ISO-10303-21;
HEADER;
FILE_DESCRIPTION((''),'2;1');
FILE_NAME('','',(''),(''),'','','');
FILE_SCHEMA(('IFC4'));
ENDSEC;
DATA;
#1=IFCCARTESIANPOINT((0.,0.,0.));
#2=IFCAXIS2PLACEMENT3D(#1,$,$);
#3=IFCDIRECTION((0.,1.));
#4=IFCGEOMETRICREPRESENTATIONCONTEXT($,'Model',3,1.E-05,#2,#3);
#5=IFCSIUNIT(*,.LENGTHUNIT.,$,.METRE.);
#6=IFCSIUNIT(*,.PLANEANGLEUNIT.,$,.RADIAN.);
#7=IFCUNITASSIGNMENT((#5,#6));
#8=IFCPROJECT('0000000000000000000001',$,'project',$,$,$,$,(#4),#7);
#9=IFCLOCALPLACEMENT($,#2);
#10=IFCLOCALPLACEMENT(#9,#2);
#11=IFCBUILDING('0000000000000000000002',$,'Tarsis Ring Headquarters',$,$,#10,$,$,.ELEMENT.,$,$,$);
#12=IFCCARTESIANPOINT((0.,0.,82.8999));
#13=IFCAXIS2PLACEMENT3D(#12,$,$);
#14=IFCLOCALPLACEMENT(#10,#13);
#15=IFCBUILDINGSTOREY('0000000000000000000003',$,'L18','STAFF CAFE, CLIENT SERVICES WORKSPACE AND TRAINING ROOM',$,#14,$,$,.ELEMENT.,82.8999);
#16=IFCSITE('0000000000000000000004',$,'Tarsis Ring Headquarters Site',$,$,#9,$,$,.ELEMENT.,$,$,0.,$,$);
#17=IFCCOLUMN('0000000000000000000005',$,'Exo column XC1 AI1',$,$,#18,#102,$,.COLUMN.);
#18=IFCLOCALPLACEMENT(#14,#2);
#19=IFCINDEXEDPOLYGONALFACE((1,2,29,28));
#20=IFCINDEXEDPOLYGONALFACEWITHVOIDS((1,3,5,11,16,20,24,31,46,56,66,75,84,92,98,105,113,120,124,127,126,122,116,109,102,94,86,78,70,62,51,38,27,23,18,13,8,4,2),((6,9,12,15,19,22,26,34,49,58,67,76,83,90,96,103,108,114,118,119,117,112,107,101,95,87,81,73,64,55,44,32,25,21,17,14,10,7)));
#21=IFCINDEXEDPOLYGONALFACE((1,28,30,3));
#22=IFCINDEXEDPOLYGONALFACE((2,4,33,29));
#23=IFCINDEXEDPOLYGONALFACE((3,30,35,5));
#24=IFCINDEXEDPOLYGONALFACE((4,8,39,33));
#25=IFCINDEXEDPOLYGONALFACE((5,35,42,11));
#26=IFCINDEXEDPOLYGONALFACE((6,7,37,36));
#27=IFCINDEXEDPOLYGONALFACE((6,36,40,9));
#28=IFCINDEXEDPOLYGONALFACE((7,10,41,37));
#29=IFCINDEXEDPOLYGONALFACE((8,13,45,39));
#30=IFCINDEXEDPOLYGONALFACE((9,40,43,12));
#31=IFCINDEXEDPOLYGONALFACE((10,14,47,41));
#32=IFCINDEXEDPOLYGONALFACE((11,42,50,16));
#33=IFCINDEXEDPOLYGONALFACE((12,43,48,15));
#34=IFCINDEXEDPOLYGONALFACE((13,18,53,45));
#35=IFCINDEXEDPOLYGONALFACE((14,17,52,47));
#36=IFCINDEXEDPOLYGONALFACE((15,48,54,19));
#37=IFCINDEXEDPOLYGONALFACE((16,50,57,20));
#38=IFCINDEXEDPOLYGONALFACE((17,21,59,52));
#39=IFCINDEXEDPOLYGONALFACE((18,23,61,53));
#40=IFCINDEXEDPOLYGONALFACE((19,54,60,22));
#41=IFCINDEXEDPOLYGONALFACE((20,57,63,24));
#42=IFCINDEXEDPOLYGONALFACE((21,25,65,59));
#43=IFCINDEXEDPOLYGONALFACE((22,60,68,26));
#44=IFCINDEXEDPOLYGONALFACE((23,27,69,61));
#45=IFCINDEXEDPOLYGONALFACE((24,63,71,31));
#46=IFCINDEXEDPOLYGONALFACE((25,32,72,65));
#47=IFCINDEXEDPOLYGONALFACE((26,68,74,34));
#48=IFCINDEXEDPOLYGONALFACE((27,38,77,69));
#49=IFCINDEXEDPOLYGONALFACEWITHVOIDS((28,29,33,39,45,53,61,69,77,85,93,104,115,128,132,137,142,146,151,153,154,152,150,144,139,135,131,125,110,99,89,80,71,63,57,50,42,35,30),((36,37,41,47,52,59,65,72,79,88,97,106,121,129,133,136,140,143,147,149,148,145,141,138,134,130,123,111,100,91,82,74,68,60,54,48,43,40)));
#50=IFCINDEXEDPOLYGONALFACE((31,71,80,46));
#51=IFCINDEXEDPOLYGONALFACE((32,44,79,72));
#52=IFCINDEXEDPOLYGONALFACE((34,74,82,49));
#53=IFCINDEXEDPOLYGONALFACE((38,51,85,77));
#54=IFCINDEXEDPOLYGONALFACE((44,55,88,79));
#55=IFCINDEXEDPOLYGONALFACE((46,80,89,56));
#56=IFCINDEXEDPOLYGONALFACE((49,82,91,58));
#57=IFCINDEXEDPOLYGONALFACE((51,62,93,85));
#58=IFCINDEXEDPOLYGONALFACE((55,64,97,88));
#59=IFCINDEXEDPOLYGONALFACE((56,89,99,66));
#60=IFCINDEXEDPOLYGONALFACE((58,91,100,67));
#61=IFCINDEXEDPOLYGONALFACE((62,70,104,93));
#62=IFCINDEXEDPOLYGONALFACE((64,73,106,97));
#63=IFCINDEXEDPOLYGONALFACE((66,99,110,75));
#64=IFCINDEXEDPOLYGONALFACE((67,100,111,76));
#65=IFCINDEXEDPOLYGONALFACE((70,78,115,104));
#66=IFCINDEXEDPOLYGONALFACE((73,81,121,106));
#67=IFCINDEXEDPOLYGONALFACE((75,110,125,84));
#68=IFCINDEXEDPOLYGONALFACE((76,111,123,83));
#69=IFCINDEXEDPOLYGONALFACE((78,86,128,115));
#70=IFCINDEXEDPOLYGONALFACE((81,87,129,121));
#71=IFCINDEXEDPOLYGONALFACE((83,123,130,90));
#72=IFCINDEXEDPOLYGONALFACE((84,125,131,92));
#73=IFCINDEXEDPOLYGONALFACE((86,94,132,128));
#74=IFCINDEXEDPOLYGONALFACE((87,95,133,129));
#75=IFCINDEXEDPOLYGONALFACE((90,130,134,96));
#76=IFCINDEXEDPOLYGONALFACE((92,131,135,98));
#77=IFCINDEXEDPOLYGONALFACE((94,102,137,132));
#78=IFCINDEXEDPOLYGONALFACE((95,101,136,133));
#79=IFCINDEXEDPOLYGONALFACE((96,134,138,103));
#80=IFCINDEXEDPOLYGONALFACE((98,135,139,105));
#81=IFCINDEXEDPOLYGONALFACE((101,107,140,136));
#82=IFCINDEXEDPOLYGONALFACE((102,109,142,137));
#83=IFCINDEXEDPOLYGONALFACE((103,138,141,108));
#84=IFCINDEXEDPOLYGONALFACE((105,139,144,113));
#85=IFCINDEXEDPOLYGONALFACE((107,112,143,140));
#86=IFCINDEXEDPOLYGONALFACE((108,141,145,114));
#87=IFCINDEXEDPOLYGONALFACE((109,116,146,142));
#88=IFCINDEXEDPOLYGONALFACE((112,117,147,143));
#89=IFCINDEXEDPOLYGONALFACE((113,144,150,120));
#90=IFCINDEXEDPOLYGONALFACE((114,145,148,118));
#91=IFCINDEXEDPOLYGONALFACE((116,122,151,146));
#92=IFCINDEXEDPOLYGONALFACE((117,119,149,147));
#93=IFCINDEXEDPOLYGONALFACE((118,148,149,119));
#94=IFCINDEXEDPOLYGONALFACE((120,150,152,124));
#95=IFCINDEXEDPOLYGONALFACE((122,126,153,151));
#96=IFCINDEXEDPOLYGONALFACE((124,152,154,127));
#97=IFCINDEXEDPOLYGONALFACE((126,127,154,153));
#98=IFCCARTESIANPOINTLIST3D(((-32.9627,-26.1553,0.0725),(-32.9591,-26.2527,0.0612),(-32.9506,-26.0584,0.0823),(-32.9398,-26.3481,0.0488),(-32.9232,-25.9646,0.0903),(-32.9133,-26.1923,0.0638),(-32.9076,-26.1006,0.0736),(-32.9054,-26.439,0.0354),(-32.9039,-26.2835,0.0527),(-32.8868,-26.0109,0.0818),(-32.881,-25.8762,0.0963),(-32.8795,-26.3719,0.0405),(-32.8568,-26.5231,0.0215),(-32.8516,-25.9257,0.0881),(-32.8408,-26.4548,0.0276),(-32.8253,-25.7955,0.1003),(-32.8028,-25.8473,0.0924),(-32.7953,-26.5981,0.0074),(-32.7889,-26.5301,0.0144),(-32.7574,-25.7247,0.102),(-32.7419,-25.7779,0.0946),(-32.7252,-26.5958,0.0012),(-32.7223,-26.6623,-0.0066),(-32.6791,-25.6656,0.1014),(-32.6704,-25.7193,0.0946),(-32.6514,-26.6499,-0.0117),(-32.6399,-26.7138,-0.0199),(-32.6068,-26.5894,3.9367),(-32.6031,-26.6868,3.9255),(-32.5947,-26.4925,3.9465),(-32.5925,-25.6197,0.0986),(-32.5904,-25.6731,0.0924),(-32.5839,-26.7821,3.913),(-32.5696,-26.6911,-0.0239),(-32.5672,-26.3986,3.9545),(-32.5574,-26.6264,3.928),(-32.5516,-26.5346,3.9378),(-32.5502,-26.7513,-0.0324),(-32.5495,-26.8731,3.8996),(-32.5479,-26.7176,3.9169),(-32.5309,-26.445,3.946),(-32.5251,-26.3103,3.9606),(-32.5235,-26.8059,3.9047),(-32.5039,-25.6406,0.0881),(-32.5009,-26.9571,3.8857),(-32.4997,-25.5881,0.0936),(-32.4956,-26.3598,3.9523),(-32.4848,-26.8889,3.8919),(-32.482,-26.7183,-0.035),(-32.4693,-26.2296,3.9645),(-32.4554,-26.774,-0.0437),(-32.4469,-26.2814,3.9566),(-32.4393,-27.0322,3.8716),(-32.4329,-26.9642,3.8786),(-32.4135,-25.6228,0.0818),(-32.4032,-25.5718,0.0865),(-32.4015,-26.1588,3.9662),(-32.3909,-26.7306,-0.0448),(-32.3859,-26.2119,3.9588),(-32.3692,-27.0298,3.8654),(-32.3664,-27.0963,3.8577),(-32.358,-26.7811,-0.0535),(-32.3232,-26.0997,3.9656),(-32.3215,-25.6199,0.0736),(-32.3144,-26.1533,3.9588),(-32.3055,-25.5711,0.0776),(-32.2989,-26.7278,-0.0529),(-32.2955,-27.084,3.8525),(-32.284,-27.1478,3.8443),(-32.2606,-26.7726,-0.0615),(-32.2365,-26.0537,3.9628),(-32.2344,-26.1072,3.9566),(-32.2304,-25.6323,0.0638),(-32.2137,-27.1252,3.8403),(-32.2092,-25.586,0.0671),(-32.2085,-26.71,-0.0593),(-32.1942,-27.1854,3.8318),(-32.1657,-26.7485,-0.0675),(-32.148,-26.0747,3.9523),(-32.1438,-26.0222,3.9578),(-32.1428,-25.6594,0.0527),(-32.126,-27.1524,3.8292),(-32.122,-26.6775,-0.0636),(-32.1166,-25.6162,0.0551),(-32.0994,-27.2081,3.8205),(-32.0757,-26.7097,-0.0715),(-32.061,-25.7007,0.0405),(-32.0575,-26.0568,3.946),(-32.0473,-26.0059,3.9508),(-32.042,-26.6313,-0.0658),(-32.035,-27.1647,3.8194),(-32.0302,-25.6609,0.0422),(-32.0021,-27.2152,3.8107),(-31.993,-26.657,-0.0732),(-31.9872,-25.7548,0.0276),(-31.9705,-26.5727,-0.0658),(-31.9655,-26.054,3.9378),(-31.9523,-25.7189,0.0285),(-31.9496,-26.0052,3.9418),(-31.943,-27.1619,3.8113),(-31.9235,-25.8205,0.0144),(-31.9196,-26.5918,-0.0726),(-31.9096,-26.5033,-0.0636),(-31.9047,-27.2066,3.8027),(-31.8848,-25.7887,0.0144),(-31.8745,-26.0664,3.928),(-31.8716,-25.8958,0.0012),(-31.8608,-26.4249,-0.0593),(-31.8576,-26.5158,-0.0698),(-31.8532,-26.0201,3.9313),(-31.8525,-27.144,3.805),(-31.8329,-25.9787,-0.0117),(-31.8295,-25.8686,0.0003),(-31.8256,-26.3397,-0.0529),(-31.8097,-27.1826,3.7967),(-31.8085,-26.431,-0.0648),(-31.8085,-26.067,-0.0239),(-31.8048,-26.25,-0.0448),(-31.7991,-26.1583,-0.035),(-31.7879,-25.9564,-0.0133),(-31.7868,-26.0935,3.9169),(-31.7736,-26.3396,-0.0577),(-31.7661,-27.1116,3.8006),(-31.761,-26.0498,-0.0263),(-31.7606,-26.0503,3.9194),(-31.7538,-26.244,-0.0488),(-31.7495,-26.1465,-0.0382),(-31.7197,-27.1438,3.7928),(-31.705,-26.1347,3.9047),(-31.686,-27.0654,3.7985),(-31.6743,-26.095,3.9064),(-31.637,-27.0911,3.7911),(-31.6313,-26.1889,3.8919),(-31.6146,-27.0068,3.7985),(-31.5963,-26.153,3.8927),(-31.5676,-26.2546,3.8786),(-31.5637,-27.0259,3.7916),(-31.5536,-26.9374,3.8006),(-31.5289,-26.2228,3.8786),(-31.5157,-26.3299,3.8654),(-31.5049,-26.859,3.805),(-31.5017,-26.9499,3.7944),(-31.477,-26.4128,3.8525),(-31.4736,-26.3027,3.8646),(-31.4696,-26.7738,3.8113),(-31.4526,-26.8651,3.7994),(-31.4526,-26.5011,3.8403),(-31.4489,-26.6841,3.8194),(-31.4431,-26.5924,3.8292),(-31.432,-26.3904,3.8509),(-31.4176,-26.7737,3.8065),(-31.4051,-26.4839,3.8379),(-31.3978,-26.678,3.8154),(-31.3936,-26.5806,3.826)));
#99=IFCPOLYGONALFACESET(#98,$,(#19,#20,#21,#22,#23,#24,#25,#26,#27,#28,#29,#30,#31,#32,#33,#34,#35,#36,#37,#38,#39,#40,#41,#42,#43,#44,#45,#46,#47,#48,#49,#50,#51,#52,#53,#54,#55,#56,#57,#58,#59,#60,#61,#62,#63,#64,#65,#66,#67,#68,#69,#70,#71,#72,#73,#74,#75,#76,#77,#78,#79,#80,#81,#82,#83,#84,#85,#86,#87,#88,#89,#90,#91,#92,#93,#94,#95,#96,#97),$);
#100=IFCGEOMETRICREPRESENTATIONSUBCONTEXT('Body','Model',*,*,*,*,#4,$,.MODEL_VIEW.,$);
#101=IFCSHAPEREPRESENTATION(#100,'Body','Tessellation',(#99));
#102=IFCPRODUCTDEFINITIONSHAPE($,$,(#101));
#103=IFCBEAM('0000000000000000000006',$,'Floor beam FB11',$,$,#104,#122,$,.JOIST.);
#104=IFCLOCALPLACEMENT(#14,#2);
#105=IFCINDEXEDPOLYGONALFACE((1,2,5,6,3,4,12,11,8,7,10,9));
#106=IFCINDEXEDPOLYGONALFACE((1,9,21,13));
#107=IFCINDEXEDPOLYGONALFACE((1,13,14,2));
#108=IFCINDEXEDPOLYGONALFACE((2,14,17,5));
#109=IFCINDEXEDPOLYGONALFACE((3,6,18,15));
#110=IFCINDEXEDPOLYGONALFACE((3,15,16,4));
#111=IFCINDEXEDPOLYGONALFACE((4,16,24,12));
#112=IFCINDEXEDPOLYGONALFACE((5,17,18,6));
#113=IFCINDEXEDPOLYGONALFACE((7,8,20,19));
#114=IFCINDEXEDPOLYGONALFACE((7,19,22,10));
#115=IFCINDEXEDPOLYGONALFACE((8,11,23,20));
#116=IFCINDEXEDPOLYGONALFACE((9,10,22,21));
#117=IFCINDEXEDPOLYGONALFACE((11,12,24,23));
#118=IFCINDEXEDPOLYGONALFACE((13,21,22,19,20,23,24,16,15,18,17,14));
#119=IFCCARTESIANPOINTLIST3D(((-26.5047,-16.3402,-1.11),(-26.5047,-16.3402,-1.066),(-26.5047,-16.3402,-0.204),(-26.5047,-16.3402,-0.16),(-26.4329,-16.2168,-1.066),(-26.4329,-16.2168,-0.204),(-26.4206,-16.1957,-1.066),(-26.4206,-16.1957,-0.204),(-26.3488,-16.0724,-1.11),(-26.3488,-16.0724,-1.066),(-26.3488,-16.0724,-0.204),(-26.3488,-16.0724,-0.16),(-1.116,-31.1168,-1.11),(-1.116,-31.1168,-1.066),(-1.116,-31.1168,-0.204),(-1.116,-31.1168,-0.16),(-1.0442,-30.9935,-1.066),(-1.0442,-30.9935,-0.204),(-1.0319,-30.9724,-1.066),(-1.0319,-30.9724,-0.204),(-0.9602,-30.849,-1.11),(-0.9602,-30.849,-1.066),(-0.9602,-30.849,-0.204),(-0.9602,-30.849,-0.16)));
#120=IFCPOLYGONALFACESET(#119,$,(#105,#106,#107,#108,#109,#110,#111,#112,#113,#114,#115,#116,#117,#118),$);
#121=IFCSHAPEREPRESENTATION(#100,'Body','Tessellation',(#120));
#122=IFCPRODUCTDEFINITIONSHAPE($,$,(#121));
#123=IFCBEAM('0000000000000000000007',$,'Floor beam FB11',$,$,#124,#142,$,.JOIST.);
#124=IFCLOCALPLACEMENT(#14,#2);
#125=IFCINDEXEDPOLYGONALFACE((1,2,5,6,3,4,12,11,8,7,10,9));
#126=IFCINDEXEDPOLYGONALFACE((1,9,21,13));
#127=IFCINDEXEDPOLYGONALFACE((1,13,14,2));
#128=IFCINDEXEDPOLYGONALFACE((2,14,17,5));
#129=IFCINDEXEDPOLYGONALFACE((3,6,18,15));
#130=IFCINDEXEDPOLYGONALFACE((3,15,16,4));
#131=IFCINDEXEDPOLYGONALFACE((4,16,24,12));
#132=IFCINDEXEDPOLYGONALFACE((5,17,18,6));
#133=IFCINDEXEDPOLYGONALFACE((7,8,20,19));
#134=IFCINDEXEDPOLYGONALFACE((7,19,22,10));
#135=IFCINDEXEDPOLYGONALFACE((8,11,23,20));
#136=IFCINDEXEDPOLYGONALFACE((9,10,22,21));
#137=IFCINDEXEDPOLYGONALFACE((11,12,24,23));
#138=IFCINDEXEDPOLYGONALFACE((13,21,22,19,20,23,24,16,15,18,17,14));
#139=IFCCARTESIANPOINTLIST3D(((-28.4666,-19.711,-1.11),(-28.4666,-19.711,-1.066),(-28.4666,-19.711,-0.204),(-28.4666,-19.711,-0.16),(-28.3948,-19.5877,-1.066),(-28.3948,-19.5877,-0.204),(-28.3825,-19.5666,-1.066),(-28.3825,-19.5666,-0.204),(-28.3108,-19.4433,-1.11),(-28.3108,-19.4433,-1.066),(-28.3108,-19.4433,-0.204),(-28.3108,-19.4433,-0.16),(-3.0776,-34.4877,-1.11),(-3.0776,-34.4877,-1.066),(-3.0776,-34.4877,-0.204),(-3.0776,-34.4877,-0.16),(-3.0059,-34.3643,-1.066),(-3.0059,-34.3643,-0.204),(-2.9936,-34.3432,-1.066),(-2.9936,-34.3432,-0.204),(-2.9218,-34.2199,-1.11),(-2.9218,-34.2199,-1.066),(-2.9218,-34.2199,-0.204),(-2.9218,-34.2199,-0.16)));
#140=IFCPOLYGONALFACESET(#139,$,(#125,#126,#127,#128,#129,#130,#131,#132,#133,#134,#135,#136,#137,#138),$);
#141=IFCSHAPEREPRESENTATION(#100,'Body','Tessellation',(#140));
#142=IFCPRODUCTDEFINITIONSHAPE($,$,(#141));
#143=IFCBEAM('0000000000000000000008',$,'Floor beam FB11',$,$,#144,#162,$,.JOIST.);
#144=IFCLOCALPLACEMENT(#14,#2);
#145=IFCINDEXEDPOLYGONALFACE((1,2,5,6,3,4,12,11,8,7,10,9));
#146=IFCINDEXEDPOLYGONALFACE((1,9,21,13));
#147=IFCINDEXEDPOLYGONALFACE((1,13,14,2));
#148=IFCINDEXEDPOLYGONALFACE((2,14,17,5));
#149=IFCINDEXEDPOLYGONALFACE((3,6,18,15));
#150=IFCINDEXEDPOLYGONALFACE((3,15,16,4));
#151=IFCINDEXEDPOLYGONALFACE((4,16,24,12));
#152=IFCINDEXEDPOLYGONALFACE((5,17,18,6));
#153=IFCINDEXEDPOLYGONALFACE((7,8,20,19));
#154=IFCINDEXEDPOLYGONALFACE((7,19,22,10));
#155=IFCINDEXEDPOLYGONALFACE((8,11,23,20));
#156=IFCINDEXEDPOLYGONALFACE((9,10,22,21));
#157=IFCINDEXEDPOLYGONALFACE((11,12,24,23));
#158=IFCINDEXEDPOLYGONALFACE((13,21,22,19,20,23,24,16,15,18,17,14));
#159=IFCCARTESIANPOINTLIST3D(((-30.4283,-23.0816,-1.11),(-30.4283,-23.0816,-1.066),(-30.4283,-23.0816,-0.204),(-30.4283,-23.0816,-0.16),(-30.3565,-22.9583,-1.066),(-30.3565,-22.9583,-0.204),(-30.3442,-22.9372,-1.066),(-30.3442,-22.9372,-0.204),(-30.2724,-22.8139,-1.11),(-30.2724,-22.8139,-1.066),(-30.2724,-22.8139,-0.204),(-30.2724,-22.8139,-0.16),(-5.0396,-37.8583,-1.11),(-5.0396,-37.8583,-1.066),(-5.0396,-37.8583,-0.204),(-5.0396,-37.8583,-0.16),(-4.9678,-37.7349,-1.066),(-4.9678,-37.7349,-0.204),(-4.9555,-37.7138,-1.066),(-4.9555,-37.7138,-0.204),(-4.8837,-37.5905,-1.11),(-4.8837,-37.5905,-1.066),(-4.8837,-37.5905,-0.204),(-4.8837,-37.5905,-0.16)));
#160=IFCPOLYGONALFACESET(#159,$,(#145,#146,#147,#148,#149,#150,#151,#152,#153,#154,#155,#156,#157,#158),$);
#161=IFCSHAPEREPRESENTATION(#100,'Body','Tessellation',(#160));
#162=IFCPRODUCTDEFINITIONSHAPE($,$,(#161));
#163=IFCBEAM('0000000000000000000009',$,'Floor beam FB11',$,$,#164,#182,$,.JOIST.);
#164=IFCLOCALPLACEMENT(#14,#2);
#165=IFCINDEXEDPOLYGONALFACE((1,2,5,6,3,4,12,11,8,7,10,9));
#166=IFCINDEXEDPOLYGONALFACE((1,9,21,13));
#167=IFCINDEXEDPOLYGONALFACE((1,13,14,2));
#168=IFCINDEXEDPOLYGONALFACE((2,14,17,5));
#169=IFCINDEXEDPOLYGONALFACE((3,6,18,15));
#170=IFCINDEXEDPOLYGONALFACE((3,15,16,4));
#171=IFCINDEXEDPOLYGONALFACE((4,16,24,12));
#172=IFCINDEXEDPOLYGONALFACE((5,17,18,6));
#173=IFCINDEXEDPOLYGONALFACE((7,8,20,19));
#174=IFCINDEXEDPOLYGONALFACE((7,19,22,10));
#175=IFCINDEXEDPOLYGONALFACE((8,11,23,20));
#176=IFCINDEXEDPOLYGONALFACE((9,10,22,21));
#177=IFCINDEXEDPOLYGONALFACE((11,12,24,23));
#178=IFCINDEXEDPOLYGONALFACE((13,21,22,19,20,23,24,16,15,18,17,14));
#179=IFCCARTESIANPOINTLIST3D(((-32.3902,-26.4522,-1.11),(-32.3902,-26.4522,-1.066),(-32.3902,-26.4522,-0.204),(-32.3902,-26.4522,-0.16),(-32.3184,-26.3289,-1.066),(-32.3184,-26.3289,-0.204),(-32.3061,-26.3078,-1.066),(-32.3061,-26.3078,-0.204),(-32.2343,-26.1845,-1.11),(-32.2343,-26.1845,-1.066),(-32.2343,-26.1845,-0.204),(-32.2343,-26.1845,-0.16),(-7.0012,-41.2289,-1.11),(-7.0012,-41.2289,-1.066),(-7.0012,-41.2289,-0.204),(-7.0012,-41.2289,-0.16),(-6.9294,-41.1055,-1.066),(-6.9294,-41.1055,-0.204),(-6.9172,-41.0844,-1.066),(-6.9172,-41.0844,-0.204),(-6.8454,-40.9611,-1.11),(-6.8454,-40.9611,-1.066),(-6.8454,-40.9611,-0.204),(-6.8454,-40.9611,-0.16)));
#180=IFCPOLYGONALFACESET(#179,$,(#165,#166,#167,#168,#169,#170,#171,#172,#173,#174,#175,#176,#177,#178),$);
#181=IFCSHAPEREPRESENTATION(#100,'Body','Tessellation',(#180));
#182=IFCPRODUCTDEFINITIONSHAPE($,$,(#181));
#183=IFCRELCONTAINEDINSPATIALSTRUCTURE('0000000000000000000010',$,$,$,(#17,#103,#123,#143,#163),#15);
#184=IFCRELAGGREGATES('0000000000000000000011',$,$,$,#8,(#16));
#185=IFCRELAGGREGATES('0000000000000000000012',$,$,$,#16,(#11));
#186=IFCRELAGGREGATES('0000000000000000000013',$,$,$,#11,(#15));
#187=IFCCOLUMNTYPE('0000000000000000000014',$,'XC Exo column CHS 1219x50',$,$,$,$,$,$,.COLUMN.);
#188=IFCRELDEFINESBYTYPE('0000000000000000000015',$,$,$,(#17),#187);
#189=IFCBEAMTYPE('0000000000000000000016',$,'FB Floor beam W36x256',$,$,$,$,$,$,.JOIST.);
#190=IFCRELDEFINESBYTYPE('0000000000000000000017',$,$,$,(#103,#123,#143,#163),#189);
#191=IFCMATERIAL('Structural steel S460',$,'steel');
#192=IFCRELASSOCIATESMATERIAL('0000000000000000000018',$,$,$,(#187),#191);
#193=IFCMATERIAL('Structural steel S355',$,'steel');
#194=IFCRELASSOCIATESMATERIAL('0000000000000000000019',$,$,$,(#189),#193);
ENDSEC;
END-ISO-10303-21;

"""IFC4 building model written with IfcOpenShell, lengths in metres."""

from ifc_helpers import new_model, si_unit, direction, frame, origin, origin_2d, place, context, subcontext, project, spatial, hollow_circle, i_section, extrude, material, material_profile, profile_set, type_object, element, save


model = new_model("IFC4")

# Units and contexts
model_context = context("Model", 3, precision=1e-05, world=origin(), true_north=direction((0.0, 1.0)))
body_context = subcontext(model_context, "Body", "Model", "MODEL_VIEW")
ifc_project = project(units=[si_unit("LENGTHUNIT", "METRE"), si_unit("PLANEANGLEUNIT", "RADIAN")], contexts=[model_context])

# Site, building, storey
site_placement = place(None, origin())
site = spatial("IfcSite", under=ifc_project, at=site_placement, Name="Tarsis Ring Headquarters Site", CompositionType="ELEMENT", RefElevation=0.0)
building_placement = place(site_placement, origin())
building = spatial("IfcBuilding", under=site, at=building_placement, Name="Tarsis Ring Headquarters", CompositionType="ELEMENT")
storey_placement = place(building_placement, frame((0.0, 0.0, 82.8999)))
storey = spatial("IfcBuildingStorey", under=building, at=storey_placement, Name="L18", Description="STAFF CAFE, CLIENT SERVICES WORKSPACE AND TRAINING ROOM", CompositionType="ELEMENT", Elevation=82.8999)

# Column
ifc_material_1 = material(Name="Structural steel S460", Category="steel")
ifc_material_profile_1 = material_profile(ifc_material_1, hollow_circle(Radius=0.6096, WallThickness=0.05, at=origin_2d()), Name="CHS 1219x50")
ifc_profile_set_1 = profile_set([ifc_material_profile_1], Name="Structural steel S460")
column_type = type_object("IfcColumnType", Name="XC Exo column CHS 1219x50", PredefinedType="COLUMN", material=ifc_profile_set_1)
column_placement = place(storey_placement, frame((-32.3562, -26.1753, 0.0144), z_axis=(0.091158, -0.111166, 0.989612), x_axis=(0.773259, 0.63409, 0.0)))
element("IfcColumn", 1, at=column_placement, inside=storey, type_object=column_type, Name="Exo column XC1 AI1", PredefinedType="COLUMN", context=body_context, shape_type="SweptSolid", body=[
    extrude(hollow_circle(Radius=0.6096, WallThickness=0.05, at=origin_2d()), origin(), (0.0, 0.0, 1.0), 3.9048),
])

# Beams
ifc_material_2 = material(Name="Structural steel S355", Category="steel")
ifc_material_profile_2 = material_profile(ifc_material_2, i_section(OverallWidth=0.3098, OverallDepth=0.95, WebThickness=0.0244, FlangeThickness=0.0439, at=origin_2d()), Name="W36x256")
ifc_profile_set_2 = profile_set([ifc_material_profile_2], Name="Structural steel S355")
beam_type_1 = type_object("IfcBeamType", Name="FB Floor beam W36x256", PredefinedType="JOIST", material=ifc_profile_set_2)
beam_1_placement = place(storey_placement, frame((-26.4268, -16.2063, -0.635), z_axis=(0.864274, -0.503021, 0.0), x_axis=(0.503021, 0.864274, 0.0)))
element("IfcBeam", 2, at=beam_1_placement, inside=storey, type_object=beam_type_1, Name="Floor beam FB11", PredefinedType="JOIST", context=body_context, shape_type="SweptSolid", body=[
    extrude(i_section(OverallWidth=0.3098, OverallDepth=0.95, WebThickness=0.0244, FlangeThickness=0.0439, at=origin_2d()), origin(), (0.0, 0.0, 1.0), 29.3757),
])
beam_2_placement = place(storey_placement, frame((-28.3887, -19.5771, -0.635), z_axis=(0.864276, -0.503018, 0.0), x_axis=(0.503018, 0.864276, 0.0)))
element("IfcBeam", 3, at=beam_2_placement, inside=storey, type_object=beam_type_1, Name="Floor beam FB11", PredefinedType="JOIST", context=body_context, shape_type="SweptSolid", body=[
    extrude(i_section(OverallWidth=0.3098, OverallDepth=0.95, WebThickness=0.0244, FlangeThickness=0.0439, at=origin_2d()), origin(), (0.0, 0.0, 1.0), 29.376),
])
beam_3_placement = place(storey_placement, frame((-30.3503, -22.9478, -0.635), z_axis=(0.864274, -0.503021, 0.0), x_axis=(0.503021, 0.864274, 0.0)))
element("IfcBeam", 4, at=beam_3_placement, inside=storey, type_object=beam_type_1, Name="Floor beam FB11", PredefinedType="JOIST", context=body_context, shape_type="SweptSolid", body=[
    extrude(i_section(OverallWidth=0.3098, OverallDepth=0.95, WebThickness=0.0244, FlangeThickness=0.0439, at=origin_2d()), origin(), (0.0, 0.0, 1.0), 29.3757),
])
beam_4_placement = place(storey_placement, frame((-32.3123, -26.3184, -0.635), z_axis=(0.864276, -0.503018, 0.0), x_axis=(0.503018, 0.864276, 0.0)))
element("IfcBeam", 5, at=beam_4_placement, inside=storey, type_object=beam_type_1, Name="Floor beam FB11", PredefinedType="JOIST", context=body_context, shape_type="SweptSolid", body=[
    extrude(i_section(OverallWidth=0.3098, OverallDepth=0.95, WebThickness=0.0244, FlangeThickness=0.0439, at=origin_2d()), origin(), (0.0, 0.0, 1.0), 29.376),
])

save(model, "model.ifc")
